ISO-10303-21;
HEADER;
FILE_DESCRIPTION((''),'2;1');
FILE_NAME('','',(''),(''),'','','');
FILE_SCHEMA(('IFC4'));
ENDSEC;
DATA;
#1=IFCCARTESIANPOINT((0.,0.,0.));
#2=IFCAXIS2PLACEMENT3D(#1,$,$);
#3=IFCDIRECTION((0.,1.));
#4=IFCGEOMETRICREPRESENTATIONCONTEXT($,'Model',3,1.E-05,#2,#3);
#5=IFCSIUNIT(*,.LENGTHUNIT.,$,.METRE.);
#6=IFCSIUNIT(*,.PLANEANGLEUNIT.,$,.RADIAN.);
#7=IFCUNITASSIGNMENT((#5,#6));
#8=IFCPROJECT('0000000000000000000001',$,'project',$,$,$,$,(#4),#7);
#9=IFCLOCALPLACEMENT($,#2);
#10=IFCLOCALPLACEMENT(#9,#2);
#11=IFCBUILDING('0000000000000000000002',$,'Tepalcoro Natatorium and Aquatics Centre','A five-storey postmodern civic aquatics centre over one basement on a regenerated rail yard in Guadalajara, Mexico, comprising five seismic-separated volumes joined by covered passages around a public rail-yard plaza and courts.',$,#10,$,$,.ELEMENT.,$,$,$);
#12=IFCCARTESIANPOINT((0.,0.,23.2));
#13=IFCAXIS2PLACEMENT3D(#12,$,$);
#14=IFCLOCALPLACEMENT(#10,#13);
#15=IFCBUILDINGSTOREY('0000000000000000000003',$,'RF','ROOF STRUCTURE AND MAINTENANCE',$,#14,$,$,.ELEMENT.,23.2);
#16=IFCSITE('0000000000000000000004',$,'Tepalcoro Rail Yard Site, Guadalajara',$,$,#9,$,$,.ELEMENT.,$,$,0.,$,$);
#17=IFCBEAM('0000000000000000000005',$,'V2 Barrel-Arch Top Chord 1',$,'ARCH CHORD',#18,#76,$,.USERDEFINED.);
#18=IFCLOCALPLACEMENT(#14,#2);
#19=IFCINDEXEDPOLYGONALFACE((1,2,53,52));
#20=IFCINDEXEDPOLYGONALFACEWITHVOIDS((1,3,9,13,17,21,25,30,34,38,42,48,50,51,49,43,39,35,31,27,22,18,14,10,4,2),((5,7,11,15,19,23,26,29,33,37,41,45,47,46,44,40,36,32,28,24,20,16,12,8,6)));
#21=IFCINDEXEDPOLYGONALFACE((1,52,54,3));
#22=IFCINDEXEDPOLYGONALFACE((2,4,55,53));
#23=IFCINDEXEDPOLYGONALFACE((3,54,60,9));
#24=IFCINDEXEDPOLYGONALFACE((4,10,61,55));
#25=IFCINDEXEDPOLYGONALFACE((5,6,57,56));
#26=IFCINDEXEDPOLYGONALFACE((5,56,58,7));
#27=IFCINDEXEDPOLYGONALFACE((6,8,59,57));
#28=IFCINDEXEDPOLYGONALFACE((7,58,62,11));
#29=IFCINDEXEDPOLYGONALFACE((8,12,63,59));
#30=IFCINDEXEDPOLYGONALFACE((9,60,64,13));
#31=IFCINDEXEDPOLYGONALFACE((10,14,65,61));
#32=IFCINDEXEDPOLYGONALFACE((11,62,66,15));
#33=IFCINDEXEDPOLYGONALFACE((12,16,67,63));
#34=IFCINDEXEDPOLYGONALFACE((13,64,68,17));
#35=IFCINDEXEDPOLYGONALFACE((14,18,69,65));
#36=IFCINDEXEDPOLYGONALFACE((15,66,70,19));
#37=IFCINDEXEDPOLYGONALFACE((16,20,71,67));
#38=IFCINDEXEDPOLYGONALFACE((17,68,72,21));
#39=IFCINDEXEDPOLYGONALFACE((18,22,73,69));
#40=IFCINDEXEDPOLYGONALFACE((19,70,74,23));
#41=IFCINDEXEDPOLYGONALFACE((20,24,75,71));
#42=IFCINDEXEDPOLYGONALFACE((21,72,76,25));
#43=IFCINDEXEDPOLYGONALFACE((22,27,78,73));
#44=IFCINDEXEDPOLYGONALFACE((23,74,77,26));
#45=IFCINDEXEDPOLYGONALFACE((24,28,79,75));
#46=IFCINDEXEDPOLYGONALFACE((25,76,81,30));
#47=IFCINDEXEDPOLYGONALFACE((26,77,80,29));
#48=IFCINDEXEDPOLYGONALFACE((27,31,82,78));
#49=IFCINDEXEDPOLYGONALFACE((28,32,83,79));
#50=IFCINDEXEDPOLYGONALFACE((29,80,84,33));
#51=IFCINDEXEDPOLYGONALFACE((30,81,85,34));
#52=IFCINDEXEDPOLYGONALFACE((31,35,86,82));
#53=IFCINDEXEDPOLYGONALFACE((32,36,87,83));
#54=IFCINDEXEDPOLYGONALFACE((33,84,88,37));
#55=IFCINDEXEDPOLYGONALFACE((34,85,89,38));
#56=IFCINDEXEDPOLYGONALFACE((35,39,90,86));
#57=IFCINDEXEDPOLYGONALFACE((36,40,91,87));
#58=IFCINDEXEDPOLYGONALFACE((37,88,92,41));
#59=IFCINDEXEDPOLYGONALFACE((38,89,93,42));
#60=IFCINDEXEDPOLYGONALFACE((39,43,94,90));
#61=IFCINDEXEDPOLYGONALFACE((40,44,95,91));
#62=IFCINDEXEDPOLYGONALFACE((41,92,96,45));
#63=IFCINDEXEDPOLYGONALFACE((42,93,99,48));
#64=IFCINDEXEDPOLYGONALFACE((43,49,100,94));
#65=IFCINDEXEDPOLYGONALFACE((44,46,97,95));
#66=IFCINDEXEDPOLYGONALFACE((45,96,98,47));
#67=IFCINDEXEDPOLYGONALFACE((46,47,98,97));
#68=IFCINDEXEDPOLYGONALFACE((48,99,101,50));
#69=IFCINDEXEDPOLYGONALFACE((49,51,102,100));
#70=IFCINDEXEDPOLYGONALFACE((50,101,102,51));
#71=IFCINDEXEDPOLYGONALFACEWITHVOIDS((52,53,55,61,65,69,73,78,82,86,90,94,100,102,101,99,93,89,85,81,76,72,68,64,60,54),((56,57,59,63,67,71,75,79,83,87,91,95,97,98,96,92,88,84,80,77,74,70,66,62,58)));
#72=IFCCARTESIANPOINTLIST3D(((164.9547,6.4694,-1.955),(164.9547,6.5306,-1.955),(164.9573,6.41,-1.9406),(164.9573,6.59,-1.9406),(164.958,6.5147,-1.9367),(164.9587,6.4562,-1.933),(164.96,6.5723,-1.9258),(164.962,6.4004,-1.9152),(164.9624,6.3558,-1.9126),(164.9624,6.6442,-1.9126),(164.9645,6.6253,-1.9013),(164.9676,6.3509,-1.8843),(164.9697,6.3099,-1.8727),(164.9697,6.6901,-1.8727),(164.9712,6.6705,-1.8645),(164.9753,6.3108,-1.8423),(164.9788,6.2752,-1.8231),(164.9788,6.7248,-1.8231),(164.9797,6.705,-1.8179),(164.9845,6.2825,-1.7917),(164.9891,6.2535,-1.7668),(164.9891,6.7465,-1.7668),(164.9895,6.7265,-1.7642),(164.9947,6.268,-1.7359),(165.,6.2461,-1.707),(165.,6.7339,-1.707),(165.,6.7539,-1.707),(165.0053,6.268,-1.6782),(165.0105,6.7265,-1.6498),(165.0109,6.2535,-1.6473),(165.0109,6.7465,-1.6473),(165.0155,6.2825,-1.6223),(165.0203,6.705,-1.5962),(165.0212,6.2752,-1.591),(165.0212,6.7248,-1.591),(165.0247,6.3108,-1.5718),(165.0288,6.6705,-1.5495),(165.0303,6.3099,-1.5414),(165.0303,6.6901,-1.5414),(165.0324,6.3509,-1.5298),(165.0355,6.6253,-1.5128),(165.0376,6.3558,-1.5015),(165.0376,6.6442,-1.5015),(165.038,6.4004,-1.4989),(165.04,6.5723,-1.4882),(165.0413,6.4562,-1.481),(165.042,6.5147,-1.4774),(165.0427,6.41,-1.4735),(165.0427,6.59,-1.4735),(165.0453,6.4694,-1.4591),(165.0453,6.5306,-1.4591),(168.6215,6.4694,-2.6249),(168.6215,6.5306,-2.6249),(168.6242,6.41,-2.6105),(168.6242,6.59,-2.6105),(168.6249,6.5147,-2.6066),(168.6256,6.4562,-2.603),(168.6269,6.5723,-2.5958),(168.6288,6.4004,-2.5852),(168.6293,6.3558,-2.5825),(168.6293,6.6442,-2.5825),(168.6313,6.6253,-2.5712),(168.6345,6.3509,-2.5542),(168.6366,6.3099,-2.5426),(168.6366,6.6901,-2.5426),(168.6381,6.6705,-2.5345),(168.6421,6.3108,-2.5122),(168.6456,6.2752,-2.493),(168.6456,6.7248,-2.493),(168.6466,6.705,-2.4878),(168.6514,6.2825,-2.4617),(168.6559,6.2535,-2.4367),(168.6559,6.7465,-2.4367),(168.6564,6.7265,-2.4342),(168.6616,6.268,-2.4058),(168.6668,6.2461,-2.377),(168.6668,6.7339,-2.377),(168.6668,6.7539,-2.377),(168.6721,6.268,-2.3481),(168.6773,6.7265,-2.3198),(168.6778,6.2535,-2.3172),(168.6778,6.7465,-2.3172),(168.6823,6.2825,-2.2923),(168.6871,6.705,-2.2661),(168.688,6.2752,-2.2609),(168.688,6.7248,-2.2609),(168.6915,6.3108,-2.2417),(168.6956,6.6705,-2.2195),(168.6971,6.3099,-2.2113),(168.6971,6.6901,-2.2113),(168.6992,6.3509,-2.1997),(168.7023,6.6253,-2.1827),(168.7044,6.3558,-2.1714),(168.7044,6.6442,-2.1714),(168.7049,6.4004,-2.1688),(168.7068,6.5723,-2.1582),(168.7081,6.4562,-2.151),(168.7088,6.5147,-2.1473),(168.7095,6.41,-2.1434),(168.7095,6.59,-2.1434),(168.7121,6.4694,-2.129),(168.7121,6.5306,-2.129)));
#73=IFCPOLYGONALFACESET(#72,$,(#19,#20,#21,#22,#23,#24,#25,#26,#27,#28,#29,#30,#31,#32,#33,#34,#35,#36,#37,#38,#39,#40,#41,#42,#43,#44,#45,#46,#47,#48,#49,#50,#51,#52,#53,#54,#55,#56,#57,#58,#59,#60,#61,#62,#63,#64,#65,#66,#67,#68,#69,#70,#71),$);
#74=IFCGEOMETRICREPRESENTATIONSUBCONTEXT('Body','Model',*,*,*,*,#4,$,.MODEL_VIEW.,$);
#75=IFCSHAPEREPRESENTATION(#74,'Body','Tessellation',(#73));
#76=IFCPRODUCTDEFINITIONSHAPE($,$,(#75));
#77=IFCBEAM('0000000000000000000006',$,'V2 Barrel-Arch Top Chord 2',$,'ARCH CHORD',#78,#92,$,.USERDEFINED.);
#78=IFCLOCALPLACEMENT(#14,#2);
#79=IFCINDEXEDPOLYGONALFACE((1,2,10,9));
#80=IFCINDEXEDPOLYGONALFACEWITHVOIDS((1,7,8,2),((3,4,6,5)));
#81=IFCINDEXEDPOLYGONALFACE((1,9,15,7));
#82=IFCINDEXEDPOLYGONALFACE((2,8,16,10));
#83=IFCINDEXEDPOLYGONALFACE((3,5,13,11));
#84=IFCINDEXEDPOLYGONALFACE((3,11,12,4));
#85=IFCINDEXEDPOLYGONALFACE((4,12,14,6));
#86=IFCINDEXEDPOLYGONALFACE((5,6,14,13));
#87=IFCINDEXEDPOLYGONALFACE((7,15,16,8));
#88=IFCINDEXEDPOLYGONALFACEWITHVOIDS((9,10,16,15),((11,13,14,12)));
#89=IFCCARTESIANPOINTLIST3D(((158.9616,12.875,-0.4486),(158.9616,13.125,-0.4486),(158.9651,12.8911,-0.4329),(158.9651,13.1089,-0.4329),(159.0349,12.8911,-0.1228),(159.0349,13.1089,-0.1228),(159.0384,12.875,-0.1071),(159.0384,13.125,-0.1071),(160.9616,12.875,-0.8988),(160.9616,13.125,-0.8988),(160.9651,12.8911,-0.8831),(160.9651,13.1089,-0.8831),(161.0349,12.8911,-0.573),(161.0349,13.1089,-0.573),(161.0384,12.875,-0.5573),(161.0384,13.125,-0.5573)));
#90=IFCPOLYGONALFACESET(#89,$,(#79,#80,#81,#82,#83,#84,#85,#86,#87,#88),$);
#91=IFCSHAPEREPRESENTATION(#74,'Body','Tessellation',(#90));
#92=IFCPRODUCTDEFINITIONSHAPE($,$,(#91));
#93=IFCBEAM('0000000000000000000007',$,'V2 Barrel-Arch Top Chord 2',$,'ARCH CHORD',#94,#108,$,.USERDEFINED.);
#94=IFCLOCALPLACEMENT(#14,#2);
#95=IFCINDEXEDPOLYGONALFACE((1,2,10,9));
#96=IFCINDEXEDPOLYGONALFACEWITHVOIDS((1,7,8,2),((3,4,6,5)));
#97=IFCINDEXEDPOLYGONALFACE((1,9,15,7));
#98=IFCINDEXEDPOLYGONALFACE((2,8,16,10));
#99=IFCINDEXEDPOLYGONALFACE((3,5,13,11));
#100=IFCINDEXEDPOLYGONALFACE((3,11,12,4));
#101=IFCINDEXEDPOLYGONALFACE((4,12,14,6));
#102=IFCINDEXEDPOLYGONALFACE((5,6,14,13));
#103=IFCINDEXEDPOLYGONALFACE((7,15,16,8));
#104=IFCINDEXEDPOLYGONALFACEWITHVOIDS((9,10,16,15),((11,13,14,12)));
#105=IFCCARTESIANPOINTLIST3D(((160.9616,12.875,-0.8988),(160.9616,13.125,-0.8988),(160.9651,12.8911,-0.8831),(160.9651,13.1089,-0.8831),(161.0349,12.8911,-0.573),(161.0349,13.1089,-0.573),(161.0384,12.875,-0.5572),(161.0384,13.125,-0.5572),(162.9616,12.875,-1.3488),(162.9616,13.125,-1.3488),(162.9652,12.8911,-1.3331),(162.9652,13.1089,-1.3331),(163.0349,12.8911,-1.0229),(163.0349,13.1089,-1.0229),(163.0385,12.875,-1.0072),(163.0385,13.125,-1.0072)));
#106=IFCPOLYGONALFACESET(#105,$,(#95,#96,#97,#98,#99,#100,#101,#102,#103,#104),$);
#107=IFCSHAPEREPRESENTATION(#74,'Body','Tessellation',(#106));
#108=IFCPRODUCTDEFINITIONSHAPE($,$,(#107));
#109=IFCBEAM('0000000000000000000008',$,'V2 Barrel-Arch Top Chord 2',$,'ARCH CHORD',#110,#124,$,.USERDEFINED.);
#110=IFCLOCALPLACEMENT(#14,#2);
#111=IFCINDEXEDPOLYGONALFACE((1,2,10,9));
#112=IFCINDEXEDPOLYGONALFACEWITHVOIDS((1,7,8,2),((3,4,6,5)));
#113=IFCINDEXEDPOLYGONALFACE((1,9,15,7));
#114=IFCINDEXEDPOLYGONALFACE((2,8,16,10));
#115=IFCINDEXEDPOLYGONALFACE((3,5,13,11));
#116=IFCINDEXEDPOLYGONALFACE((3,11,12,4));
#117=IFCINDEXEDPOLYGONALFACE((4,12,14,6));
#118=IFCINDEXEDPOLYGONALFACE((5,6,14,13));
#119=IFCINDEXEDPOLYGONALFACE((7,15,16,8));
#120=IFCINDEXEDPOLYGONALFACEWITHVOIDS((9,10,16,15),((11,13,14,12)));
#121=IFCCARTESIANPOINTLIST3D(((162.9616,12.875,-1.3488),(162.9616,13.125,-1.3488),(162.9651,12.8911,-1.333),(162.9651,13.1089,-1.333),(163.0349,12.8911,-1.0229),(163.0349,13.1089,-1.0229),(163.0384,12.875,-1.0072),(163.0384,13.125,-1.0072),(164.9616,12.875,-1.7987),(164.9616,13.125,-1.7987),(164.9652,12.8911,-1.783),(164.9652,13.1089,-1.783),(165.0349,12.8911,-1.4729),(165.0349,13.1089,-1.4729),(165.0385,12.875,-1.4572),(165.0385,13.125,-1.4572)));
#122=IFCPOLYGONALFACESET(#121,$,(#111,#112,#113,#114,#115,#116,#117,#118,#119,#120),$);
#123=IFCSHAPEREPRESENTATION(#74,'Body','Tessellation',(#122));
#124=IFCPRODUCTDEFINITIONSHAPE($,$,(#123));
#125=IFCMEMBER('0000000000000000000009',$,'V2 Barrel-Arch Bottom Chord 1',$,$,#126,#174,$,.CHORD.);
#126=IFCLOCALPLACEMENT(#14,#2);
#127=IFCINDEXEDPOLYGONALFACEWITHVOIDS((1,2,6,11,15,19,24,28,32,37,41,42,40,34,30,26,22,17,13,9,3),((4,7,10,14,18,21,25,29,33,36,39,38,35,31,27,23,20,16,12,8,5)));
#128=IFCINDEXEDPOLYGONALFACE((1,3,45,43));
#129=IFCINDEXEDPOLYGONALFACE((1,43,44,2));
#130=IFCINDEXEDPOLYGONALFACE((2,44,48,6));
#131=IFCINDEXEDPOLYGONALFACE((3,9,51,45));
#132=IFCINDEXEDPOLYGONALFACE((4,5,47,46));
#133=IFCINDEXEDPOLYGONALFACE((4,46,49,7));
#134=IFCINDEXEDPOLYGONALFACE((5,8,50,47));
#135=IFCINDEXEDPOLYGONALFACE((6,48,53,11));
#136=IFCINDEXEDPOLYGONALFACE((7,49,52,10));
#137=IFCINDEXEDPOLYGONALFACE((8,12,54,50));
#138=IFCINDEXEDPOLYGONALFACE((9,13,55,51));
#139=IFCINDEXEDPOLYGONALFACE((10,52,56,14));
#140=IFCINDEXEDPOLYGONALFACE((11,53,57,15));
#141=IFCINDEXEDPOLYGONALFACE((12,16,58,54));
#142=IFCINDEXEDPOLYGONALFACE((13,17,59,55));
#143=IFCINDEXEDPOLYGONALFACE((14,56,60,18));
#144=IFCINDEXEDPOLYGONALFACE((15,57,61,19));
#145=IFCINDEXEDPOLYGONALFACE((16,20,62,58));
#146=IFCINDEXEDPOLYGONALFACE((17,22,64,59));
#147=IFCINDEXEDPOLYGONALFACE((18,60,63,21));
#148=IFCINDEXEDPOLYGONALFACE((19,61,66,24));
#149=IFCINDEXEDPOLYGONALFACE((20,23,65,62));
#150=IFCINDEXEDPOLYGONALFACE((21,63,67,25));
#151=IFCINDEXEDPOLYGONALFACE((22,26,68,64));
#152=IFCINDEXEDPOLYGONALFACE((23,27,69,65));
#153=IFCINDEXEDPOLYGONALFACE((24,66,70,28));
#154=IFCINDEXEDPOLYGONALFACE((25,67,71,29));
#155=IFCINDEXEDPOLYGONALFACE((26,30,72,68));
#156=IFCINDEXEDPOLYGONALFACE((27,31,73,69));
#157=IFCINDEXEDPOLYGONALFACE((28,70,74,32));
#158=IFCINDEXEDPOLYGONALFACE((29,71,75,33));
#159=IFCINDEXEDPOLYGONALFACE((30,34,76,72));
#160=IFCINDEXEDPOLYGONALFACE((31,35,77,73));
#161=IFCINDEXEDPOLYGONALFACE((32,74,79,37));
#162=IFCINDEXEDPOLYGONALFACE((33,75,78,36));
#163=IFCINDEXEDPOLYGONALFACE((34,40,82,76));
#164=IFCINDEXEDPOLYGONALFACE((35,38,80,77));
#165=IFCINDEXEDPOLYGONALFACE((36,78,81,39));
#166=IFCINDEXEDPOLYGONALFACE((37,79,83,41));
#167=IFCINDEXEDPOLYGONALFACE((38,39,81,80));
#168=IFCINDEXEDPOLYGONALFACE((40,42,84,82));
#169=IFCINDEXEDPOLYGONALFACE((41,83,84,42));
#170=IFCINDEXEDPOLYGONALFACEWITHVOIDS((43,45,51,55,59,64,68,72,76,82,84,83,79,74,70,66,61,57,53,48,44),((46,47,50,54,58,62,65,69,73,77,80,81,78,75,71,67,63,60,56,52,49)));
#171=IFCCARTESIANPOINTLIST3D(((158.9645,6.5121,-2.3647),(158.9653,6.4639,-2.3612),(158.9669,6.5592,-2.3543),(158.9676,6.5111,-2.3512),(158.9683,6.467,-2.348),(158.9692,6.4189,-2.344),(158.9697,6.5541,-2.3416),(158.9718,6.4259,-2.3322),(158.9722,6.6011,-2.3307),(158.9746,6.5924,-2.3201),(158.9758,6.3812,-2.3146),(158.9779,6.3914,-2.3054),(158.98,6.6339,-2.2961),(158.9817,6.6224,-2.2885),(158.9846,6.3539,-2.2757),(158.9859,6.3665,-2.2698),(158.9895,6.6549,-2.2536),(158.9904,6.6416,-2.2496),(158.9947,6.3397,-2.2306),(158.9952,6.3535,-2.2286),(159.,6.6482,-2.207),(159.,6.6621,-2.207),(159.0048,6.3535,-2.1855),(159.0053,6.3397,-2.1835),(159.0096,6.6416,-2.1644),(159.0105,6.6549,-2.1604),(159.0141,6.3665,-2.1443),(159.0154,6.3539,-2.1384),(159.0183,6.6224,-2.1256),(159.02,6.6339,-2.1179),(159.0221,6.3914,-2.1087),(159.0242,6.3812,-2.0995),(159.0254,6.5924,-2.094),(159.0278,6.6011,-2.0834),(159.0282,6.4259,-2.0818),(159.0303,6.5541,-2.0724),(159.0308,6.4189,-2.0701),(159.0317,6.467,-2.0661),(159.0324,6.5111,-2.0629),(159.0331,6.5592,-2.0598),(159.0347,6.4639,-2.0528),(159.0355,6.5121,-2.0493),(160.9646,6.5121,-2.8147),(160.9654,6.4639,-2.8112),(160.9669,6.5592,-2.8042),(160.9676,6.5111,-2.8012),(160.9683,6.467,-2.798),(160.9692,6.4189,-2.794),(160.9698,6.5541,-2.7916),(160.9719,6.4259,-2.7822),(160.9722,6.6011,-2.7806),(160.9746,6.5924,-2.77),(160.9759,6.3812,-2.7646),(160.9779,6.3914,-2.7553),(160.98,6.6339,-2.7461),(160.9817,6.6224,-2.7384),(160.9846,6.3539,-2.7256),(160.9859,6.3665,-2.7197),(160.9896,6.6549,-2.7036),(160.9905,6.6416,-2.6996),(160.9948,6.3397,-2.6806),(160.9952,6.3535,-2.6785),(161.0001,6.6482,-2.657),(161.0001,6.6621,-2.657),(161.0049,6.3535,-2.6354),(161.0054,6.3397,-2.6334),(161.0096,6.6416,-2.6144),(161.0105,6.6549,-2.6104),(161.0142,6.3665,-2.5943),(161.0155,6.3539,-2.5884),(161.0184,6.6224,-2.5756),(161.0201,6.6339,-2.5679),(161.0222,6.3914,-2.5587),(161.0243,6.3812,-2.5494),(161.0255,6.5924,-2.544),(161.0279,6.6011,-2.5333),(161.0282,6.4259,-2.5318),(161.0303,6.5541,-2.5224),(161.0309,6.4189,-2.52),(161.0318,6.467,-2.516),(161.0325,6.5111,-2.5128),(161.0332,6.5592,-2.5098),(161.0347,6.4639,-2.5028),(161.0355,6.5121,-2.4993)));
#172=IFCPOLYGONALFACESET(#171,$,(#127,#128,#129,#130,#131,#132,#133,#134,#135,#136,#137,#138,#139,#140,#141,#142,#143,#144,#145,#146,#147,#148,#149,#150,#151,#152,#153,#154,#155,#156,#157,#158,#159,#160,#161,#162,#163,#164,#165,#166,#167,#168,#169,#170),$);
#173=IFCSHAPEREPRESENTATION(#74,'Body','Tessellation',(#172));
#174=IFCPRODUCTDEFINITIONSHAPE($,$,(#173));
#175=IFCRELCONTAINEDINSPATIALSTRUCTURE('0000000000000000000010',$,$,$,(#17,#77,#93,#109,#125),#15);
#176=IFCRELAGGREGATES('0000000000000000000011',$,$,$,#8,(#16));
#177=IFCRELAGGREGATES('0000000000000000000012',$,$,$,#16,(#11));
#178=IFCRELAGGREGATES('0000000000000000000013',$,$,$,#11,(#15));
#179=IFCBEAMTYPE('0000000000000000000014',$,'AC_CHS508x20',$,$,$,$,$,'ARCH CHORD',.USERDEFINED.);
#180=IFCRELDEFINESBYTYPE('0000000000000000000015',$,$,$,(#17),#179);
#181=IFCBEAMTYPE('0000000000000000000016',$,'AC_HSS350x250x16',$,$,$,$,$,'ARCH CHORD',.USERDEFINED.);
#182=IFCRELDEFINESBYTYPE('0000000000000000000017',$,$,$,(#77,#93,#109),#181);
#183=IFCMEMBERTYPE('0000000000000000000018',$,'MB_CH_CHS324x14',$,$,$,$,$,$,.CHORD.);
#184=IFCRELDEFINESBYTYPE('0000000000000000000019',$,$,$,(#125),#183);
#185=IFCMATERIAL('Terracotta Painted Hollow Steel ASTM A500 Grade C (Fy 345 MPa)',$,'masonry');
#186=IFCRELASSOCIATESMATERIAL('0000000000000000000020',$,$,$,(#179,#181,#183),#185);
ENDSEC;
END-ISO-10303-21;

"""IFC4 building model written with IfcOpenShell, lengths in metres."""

from ifc_helpers import new_model, si_unit, direction, frame, origin, origin_2d, place, context, subcontext, project, spatial, hollow_rectangle, hollow_circle, extrude, material, material_profile, profile_set, type_object, element, save


model = new_model("IFC4")

# Units and contexts
model_context = context("Model", 3, precision=1e-05, world=origin(), true_north=direction((0.0, 1.0)))
body_context = subcontext(model_context, "Body", "Model", "MODEL_VIEW")
ifc_project = project(units=[si_unit("LENGTHUNIT", "METRE"), si_unit("PLANEANGLEUNIT", "RADIAN")], contexts=[model_context])

# Site, building, storey
site_placement = place(None, origin())
site = spatial("IfcSite", under=ifc_project, at=site_placement, Name="Tepalcoro Rail Yard Site, Guadalajara", CompositionType="ELEMENT", RefElevation=0.0)
building_placement = place(site_placement, origin())
building = spatial("IfcBuilding", under=site, at=building_placement, Name="Tepalcoro Natatorium and Aquatics Centre", Description="A five-storey postmodern civic aquatics centre over one basement on a regenerated rail yard in Guadalajara, Mexico, comprising five seismic-separated volumes joined by covered passages around a public rail-yard plaza and courts.", CompositionType="ELEMENT")
storey_placement = place(building_placement, frame((0.0, 0.0, 23.2)))
storey = spatial("IfcBuildingStorey", under=building, at=storey_placement, Name="RF", Description="ROOF STRUCTURE AND MAINTENANCE", CompositionType="ELEMENT", Elevation=23.2)

# Beams
ifc_material_1 = material(Name="Terracotta Painted Hollow Steel ASTM A500 Grade C (Fy 345 MPa)", Category="masonry")
ifc_material_profile_1 = material_profile(ifc_material_1, hollow_circle(Radius=0.2539, WallThickness=0.02, at=origin_2d()), Name="CHS508X20")
ifc_profile_set_1 = profile_set([ifc_material_profile_1], Name="Terracotta Painted Hollow Steel ASTM A500 Grade C (Fy 345 MPa)")
beam_type_1 = type_object("IfcBeamType", Name="AC_CHS508x20", ElementType="ARCH CHORD", PredefinedType="USERDEFINED", material=ifc_profile_set_1)
beam_placement = place(storey_placement, frame((165.0, 6.5, -1.707), z_axis=(0.983717, 0.0, -0.179727), x_axis=(0.0, 1.0, 0.0)))
element("IfcBeam", 1, at=beam_placement, inside=storey, type_object=beam_type_1, Name="V2 Barrel-Arch Top Chord 1", ObjectType="ARCH CHORD", PredefinedType="USERDEFINED", context=body_context, shape_type="SweptSolid", body=[
    extrude(hollow_circle(Radius=0.2539, WallThickness=0.02, at=origin_2d()), origin(), (0.0, 0.0, 1.0), 3.7275),
])
ifc_material_profile_2 = material_profile(ifc_material_1, hollow_rectangle(XDim=0.25, YDim=0.3501, WallThickness=0.0161, at=origin_2d()), Name="HSS350X250X16")
ifc_profile_set_2 = profile_set([ifc_material_profile_2], Name="Terracotta Painted Hollow Steel ASTM A500 Grade C (Fy 345 MPa)")
beam_type_2 = type_object("IfcBeamType", Name="AC_HSS350x250x16", ElementType="ARCH CHORD", PredefinedType="USERDEFINED", material=ifc_profile_set_2)
for number, where, z_axis, x_axis, name in (
    (2, (159.0, 13.0, -0.2778), (0.975589, 0.0, -0.219603), (0.0, 1.0, 0.0), "V2 Barrel-Arch Top Chord 2"),
    (3, (161.0, 13.0, -0.728), (0.975615, 0.0, -0.21949), (0.0, 1.0, 0.0), "V2 Barrel-Arch Top Chord 2"),
    (4, (163.0, 13.0, -1.178), (0.975615, 0.0, -0.21949), (0.0, 1.0, 0.0), "V2 Barrel-Arch Top Chord 2"),
):
    element("IfcBeam", number, at=place(storey_placement, frame(where, z_axis=z_axis, x_axis=x_axis)), inside=storey, type_object=beam_type_2, Name=name, ObjectType="ARCH CHORD", PredefinedType="USERDEFINED", context=body_context, shape_type="SweptSolid", body=[
        extrude(hollow_rectangle(XDim=0.25, YDim=0.3501, WallThickness=0.0161, at=origin_2d()), origin(), (0.0, 0.0, 1.0), 2.05),
    ])

# Member
ifc_material_profile_3 = material_profile(ifc_material_1, hollow_circle(Radius=0.1621, WallThickness=0.0139, at=origin_2d()), Name="CHS324X14")
ifc_profile_set_3 = profile_set([ifc_material_profile_3], Name="Terracotta Painted Hollow Steel ASTM A500 Grade C (Fy 345 MPa)")
member_type_1 = type_object("IfcMemberType", Name="MB_CH_CHS324x14", PredefinedType="CHORD", material=ifc_profile_set_3)
for number, where, z_axis, x_axis, name in (
    (5, (159.0, 6.5, -2.207), (0.975615, 0.0, -0.21949), (0.0, 1.0, 0.0), "V2 Barrel-Arch Bottom Chord 1"),
):
    element("IfcMember", number, at=place(storey_placement, frame(where, z_axis=z_axis, x_axis=x_axis)), inside=storey, type_object=member_type_1, Name=name, PredefinedType="CHORD", context=body_context, shape_type="SweptSolid", body=[
        extrude(hollow_circle(Radius=0.1621, WallThickness=0.0139, at=origin_2d()), origin(), (0.0, 0.0, 1.0), 2.05),
    ])

save(model, "model.ifc")
